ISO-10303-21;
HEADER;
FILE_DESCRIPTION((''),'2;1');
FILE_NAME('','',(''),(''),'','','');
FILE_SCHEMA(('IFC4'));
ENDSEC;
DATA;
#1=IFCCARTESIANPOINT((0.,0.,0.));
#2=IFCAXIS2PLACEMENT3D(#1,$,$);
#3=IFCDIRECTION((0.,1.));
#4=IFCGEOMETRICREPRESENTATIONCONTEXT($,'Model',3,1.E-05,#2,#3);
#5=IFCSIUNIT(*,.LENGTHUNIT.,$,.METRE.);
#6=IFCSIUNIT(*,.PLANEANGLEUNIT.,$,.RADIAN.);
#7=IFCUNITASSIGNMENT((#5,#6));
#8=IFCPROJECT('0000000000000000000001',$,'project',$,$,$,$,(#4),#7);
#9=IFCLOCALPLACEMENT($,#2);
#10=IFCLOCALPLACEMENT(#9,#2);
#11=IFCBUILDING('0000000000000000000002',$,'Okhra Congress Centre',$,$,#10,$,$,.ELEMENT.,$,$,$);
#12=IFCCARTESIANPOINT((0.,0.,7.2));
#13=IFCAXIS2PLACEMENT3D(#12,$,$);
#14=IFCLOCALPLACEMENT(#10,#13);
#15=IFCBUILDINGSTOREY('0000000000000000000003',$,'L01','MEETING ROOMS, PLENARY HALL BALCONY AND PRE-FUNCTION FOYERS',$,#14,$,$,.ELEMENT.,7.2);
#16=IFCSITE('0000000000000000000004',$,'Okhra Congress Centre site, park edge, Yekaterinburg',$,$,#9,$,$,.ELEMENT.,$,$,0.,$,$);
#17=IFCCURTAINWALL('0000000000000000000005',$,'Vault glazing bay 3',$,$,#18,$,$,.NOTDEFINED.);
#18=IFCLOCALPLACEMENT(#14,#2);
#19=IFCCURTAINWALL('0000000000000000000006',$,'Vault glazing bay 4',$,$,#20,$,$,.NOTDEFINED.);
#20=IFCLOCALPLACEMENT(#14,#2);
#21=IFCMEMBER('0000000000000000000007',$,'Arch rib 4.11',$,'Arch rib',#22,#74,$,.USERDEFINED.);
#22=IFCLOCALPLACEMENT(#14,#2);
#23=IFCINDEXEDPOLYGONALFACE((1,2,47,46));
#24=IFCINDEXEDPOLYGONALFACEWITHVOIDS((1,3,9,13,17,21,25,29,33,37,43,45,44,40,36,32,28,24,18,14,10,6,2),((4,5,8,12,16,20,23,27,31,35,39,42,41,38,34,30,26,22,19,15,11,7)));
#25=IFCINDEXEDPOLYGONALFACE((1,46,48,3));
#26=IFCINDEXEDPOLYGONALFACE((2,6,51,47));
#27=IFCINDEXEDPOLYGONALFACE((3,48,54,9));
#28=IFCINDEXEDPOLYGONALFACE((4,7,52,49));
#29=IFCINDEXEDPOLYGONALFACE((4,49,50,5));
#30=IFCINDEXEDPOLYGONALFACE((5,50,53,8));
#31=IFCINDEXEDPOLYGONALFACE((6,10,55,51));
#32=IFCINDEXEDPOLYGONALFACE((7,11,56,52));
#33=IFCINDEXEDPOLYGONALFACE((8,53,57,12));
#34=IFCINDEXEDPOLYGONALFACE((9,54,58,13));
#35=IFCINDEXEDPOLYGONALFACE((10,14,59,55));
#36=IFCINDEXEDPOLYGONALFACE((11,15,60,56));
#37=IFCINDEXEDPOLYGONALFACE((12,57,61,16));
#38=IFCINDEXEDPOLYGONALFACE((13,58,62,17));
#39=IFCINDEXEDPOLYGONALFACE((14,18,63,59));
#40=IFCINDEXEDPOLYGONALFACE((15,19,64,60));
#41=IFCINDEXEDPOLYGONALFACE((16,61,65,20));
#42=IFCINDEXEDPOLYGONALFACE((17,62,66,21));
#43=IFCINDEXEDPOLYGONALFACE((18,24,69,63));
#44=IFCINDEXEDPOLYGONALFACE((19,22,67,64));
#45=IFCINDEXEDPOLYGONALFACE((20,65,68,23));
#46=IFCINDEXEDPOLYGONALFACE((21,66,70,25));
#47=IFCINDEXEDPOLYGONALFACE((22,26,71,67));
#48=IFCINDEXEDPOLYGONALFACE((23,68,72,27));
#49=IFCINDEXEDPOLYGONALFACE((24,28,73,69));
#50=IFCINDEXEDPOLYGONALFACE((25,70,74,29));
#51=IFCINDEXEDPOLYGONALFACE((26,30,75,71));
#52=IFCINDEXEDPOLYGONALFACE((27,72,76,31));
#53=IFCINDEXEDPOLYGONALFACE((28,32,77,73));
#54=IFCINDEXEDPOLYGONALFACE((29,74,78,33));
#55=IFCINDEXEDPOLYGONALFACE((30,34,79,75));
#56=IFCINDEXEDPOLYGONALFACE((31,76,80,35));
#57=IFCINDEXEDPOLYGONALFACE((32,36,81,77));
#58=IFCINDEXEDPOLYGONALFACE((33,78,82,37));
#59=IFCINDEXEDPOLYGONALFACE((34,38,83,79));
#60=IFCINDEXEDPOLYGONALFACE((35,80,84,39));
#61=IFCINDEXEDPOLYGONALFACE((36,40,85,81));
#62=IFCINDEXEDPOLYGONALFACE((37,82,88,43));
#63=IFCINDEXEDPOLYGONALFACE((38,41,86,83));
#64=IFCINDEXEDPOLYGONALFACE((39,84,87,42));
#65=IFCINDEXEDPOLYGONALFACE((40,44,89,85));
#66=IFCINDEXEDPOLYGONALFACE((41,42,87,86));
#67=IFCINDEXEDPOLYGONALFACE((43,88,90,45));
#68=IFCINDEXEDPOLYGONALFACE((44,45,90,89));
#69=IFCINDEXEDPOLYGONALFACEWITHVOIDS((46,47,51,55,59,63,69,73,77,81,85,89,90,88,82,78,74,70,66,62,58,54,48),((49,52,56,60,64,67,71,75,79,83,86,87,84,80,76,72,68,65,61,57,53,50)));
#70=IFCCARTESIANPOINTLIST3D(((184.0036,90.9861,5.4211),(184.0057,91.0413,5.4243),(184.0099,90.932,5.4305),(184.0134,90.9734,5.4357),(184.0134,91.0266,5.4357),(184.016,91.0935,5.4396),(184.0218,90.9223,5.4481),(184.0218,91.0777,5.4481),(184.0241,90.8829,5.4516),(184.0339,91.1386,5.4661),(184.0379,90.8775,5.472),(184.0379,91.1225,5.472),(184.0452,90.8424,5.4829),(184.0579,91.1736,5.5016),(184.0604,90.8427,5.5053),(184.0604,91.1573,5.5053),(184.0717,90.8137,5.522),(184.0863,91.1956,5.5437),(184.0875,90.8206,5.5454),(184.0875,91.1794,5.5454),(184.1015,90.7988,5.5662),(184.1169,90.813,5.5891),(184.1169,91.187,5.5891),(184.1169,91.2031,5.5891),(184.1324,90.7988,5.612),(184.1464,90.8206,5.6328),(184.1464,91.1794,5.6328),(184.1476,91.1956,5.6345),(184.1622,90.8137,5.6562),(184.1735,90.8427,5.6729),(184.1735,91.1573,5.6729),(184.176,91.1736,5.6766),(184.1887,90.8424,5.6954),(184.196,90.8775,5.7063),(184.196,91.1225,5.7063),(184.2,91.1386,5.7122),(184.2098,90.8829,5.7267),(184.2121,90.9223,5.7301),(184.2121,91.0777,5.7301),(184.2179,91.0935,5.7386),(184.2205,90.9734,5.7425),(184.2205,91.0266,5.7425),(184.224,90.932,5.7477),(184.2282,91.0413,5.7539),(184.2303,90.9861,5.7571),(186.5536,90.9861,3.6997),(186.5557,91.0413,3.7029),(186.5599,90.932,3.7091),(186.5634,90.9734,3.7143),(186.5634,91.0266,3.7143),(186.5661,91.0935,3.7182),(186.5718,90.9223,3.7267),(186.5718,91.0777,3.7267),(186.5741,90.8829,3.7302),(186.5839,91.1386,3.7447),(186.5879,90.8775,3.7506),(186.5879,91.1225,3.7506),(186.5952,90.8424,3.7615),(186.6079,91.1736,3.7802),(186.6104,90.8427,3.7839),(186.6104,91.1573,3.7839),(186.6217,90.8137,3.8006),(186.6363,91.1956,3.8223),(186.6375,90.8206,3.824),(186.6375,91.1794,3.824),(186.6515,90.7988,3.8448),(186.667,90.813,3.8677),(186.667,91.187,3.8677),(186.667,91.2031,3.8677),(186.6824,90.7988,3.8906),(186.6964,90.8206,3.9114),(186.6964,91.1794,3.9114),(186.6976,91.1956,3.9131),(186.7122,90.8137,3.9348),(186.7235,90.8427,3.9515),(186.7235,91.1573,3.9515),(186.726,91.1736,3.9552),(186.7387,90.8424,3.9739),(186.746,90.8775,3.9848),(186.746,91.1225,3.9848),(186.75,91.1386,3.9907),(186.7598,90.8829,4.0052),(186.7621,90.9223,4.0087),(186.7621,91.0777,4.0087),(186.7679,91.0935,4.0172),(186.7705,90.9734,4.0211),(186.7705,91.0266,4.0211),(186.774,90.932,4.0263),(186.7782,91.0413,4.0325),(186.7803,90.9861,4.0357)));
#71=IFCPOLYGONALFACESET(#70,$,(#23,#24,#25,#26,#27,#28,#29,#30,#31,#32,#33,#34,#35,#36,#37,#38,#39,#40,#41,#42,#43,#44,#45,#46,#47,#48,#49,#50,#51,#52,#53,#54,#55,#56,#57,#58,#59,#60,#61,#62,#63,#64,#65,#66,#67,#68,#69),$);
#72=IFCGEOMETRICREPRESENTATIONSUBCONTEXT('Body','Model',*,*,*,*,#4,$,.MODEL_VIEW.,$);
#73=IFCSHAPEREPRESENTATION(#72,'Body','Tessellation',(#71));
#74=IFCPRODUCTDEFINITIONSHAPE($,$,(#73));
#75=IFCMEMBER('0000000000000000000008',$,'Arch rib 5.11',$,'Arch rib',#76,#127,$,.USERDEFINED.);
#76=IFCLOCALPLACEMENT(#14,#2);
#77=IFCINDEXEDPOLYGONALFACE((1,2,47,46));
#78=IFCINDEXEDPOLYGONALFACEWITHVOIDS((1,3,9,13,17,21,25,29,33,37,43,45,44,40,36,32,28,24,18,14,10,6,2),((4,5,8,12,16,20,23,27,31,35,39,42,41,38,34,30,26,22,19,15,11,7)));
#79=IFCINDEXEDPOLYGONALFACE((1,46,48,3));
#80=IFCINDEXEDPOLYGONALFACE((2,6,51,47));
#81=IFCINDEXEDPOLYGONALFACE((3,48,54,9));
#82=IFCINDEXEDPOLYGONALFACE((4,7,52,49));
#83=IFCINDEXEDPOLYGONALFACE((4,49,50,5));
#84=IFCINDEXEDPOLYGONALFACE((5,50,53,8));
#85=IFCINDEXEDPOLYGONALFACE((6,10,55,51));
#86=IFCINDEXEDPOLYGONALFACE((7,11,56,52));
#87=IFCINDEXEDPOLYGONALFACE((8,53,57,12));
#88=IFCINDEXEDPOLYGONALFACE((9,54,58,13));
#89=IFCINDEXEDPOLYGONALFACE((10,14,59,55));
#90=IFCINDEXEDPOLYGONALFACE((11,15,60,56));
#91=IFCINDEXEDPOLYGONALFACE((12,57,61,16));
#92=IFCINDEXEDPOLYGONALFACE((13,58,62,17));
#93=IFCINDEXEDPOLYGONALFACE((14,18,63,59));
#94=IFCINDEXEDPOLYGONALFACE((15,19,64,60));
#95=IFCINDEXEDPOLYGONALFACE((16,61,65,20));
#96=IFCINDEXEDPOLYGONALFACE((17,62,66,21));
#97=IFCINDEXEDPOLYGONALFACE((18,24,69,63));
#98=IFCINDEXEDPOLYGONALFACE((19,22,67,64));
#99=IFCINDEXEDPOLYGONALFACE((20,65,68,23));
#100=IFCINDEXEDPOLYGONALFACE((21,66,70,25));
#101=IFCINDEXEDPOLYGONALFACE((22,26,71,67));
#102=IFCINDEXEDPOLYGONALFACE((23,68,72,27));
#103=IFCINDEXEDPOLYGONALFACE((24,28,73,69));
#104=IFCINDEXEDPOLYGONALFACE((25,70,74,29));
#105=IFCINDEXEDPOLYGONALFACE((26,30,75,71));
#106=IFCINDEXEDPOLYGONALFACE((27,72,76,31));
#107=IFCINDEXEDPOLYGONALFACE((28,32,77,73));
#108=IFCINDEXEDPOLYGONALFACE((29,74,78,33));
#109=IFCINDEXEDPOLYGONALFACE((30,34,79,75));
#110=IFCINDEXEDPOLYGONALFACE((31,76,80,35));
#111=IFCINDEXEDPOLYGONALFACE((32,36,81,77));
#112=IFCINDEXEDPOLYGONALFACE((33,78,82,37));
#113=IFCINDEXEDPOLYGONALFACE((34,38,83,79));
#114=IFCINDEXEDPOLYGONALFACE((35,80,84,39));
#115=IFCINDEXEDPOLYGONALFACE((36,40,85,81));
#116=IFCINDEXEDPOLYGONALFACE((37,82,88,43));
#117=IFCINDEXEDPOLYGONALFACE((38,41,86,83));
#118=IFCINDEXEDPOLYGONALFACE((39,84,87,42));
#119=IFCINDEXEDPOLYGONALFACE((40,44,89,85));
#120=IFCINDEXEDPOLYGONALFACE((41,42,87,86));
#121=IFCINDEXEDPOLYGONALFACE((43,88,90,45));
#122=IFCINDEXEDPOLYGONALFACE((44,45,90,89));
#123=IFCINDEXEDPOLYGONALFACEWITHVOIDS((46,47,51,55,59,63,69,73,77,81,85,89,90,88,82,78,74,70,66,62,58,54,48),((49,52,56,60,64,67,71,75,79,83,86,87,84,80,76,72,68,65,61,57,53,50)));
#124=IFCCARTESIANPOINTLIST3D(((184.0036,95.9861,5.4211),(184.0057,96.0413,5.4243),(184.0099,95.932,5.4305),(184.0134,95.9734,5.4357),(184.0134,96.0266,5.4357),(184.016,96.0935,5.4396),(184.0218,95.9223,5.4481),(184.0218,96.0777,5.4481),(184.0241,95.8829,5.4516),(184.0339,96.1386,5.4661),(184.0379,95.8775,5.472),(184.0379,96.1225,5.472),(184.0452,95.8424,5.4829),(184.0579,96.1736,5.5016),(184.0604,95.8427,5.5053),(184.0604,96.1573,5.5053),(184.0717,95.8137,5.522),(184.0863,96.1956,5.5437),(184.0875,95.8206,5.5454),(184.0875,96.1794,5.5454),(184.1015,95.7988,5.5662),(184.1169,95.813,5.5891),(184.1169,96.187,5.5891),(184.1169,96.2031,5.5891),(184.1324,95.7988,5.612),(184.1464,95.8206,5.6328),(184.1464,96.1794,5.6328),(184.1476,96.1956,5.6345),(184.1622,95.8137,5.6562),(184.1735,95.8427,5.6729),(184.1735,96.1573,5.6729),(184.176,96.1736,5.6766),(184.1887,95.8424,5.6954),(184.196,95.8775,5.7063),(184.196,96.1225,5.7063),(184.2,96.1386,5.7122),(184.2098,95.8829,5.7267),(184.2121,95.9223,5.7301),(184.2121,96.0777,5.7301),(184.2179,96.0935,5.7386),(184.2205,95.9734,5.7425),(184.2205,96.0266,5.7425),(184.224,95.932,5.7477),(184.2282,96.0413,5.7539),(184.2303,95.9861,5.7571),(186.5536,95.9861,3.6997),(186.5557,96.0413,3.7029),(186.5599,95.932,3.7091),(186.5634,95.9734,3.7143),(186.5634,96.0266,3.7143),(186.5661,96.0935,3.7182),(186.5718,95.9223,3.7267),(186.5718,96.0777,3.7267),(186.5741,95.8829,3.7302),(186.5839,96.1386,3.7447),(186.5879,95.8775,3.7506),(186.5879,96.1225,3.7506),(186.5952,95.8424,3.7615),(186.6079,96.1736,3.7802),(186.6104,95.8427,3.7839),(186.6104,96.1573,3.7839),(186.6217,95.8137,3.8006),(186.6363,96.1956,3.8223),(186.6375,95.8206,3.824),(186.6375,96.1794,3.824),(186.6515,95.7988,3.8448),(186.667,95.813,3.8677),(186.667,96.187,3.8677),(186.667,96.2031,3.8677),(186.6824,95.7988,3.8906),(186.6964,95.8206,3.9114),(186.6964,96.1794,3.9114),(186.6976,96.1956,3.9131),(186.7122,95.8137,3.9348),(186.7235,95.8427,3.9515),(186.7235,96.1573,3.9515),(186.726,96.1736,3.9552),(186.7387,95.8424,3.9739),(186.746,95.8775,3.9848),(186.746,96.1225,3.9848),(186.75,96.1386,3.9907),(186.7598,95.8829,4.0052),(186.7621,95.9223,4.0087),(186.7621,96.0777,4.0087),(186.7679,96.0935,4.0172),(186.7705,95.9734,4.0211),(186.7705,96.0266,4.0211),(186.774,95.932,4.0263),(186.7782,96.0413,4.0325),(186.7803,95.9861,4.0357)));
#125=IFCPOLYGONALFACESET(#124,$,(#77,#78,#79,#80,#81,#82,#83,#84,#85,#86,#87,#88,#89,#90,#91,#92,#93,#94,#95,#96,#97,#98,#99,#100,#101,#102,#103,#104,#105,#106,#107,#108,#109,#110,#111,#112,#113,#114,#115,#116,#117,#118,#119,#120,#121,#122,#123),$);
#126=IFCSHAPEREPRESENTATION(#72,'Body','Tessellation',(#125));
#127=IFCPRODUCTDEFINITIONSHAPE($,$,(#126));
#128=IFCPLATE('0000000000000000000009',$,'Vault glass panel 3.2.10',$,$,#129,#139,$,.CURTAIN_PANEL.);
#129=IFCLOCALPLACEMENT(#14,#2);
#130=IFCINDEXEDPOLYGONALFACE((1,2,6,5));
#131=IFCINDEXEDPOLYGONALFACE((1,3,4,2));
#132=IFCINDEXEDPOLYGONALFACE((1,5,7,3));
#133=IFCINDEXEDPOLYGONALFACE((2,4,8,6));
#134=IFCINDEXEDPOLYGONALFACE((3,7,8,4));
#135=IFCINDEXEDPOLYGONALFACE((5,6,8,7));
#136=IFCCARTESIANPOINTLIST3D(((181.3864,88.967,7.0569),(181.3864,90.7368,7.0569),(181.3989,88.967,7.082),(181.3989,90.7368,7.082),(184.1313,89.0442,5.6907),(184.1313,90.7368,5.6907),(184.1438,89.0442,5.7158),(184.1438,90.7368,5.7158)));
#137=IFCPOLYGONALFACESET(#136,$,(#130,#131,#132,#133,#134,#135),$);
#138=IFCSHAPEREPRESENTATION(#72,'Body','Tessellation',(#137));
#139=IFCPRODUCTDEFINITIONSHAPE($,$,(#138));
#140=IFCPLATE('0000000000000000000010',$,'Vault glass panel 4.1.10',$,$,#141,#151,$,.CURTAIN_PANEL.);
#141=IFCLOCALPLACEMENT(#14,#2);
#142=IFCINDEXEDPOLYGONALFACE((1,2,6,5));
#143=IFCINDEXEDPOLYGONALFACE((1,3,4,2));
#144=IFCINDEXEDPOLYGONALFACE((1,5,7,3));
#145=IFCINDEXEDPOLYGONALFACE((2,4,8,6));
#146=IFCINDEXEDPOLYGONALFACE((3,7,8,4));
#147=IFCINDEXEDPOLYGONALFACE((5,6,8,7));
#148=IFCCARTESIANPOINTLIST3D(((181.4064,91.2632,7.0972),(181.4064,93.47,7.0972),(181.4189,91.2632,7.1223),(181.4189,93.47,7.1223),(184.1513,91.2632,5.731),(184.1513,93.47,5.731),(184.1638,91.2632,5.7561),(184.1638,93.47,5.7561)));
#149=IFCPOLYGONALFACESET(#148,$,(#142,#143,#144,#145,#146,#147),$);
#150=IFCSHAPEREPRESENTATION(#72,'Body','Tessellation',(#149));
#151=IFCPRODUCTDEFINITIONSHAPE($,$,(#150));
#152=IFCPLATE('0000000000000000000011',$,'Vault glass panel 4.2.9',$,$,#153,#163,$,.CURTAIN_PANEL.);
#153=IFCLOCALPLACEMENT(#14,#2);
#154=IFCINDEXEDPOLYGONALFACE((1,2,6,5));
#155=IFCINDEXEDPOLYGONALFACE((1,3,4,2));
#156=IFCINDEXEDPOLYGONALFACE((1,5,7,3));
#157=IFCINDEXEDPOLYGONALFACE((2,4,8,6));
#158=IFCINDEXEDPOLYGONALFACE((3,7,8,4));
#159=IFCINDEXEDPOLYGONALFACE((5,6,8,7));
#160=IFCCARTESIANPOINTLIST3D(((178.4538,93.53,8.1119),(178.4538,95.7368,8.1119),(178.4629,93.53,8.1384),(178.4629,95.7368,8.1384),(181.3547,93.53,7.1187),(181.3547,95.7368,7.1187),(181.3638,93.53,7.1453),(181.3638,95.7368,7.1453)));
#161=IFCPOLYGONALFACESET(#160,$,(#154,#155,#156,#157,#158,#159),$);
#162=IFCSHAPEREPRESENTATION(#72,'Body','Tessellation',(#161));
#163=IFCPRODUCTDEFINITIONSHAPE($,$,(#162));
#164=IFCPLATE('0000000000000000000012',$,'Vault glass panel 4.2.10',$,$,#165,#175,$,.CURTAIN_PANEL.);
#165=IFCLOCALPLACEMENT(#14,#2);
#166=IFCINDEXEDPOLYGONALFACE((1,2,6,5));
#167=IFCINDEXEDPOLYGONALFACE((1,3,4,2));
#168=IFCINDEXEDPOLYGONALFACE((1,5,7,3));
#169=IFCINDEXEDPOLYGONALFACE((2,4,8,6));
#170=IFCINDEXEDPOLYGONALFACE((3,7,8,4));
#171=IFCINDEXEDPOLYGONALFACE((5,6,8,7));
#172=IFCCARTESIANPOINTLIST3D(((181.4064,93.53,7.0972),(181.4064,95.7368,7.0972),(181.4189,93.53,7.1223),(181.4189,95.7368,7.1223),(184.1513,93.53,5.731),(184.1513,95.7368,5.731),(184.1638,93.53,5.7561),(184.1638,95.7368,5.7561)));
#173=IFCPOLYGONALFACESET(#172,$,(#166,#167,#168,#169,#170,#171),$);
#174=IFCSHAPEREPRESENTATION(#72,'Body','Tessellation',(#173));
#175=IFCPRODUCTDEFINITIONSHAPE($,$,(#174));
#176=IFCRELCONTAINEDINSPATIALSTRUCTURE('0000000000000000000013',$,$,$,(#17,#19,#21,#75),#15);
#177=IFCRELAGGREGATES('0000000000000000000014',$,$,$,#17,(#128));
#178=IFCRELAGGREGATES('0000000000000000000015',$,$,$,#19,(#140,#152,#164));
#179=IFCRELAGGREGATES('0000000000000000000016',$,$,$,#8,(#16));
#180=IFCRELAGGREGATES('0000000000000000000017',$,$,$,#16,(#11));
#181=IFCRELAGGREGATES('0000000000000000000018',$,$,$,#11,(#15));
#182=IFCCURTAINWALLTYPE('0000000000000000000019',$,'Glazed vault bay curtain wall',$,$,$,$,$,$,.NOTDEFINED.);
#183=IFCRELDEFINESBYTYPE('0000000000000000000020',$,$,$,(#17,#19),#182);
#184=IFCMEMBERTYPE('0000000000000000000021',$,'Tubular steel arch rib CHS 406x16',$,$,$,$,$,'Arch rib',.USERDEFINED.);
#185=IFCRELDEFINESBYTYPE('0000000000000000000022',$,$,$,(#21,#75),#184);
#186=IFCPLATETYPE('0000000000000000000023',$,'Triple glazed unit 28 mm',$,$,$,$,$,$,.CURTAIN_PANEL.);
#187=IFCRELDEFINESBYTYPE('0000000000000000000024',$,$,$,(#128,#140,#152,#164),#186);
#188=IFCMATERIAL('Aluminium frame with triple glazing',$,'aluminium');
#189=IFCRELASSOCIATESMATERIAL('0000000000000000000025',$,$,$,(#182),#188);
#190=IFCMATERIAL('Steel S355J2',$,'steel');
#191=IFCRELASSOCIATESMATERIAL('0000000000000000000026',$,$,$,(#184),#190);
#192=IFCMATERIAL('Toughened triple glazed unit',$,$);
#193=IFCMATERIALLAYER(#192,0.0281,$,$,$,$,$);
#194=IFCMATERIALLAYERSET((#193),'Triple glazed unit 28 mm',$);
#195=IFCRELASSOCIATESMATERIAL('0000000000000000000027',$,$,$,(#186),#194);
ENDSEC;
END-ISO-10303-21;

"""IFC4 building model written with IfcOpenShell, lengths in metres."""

from ifc_helpers import new_model, si_unit, direction, frame, origin, origin_2d, place, context, subcontext, project, spatial, polyline, hollow_circle, outline, extrude, material, layer, layer_set, material_profile, profile_set, type_object, element, aggregate, save


model = new_model("IFC4")

# Units and contexts
model_context = context("Model", 3, precision=1e-05, world=origin(), true_north=direction((0.0, 1.0)))
body_context = subcontext(model_context, "Body", "Model", "MODEL_VIEW")
ifc_project = project(units=[si_unit("LENGTHUNIT", "METRE"), si_unit("PLANEANGLEUNIT", "RADIAN")], contexts=[model_context])

# Site, building, storey
site_placement = place(None, origin())
site = spatial("IfcSite", under=ifc_project, at=site_placement, Name="Okhra Congress Centre site, park edge, Yekaterinburg", CompositionType="ELEMENT", RefElevation=0.0)
building_placement = place(site_placement, origin())
building = spatial("IfcBuilding", under=site, at=building_placement, Name="Okhra Congress Centre", CompositionType="ELEMENT")
storey_placement = place(building_placement, frame((0.0, 0.0, 7.2)))
storey = spatial("IfcBuildingStorey", under=building, at=storey_placement, Name="L01", Description="MEETING ROOMS, PLENARY HALL BALCONY AND PRE-FUNCTION FOYERS", CompositionType="ELEMENT", Elevation=7.2)

# Curtain walls
ifc_material_1 = material(Name="Aluminium frame with triple glazing", Category="aluminium")
curtain_wall_type = type_object("IfcCurtainWallType", Name="Glazed vault bay curtain wall", PredefinedType="NOTDEFINED", material=ifc_material_1)
curtain_wall_1_placement = place(storey_placement, origin())
curtain_wall_1 = element("IfcCurtainWall", 1, at=curtain_wall_1_placement, inside=storey, type_object=curtain_wall_type, Name="Vault glazing bay 3", PredefinedType="NOTDEFINED")
curtain_wall_2_placement = place(storey_placement, origin())
curtain_wall_2 = element("IfcCurtainWall", 2, at=curtain_wall_2_placement, inside=storey, type_object=curtain_wall_type, Name="Vault glazing bay 4", PredefinedType="NOTDEFINED")

# Members
ifc_material_2 = material(Name="Steel S355J2", Category="steel")
ifc_material_profile_1 = material_profile(ifc_material_2, hollow_circle(Radius=0.2031, WallThickness=0.0161, at=origin_2d()), Name="CHS 406.4x16")
ifc_profile_set_1 = profile_set([ifc_material_profile_1], Name="Steel S355J2")
member_type_1 = type_object("IfcMemberType", Name="Tubular steel arch rib CHS 406x16", ElementType="Arch rib", PredefinedType="USERDEFINED", material=ifc_profile_set_1)
for number, where, z_axis, x_axis, name in (
    (3, (184.1169, 91.0, 5.5891), (0.828826, 0.0, -0.559507), (0.0, 1.0, 0.0), "Arch rib 4.11"),
    (4, (184.1169, 96.0, 5.5891), (0.828826, 0.0, -0.559507), (0.0, 1.0, 0.0), "Arch rib 5.11"),
):
    element("IfcMember", number, at=place(storey_placement, frame(where, z_axis=z_axis, x_axis=x_axis)), inside=storey, type_object=member_type_1, Name=name, ObjectType="Arch rib", PredefinedType="USERDEFINED", context=body_context, shape_type="SweptSolid", body=[
        extrude(hollow_circle(Radius=0.2031, WallThickness=0.0161, at=origin_2d()), origin(), (0.0, 0.0, 1.0), 3.0767),
    ])

# Plates
ifc_material_3 = material(Name="Toughened triple glazed unit")
ifc_layer = layer(ifc_material_3, 0.0281)
ifc_layer_set = layer_set([ifc_layer], Name="Triple glazed unit 28 mm")
plate_type = type_object("IfcPlateType", Name="Triple glazed unit 28 mm", PredefinedType="CURTAIN_PANEL", material=ifc_layer_set)
plate_1_placement = place(storey_placement, frame((181.3989, 88.967, 7.082), z_axis=(0.445588, 0.0, 0.895238), x_axis=(0.894955, 0.025154, -0.445447)))
plate_1 = element("IfcPlate", 5, at=plate_1_placement, type_object=plate_type, Name="Vault glass panel 3.2.10", PredefinedType="CURTAIN_PANEL", context=body_context, shape_type="SweptSolid", body=[
    extrude(outline(polyline([(0.0, 0.0), (3.0671, 0.0), (3.1096, 1.6921), (0.0445, 1.7692), (0.0, 0.0)])), origin(), (0.0, 0.0, -1.0), 0.0281),
])
aggregate(curtain_wall_1, [plate_1])
plate_2_placement = place(storey_placement, frame((181.4189, 91.2632, 7.1223), z_axis=(0.445588, 0.0, 0.895238), x_axis=(0.895238, 0.0, -0.445588)))
plate_2 = element("IfcPlate", 6, at=plate_2_placement, type_object=plate_type, Name="Vault glass panel 4.1.10", PredefinedType="CURTAIN_PANEL", context=body_context, shape_type="SweptSolid", body=[
    extrude(outline(polyline([(0.0, 0.0), (3.0661, 0.0), (3.0661, 2.2068), (0.0, 2.2068), (0.0, 0.0)])), origin(), (0.0, 0.0, -1.0), 0.0281),
])
plate_3_placement = place(storey_placement, frame((178.4629, 93.53, 8.1384), z_axis=(0.323909, 0.0, 0.946088), x_axis=(0.946088, 0.0, -0.323909)))
plate_3 = element("IfcPlate", 7, at=plate_3_placement, type_object=plate_type, Name="Vault glass panel 4.2.9", PredefinedType="CURTAIN_PANEL", context=body_context, shape_type="SweptSolid", body=[
    extrude(outline(polyline([(0.0, 0.0), (3.0662, 0.0), (3.0662, 2.2068), (0.0, 2.2068), (0.0, 0.0)])), origin(), (0.0, 0.0, -1.0), 0.0281),
])
plate_4_placement = place(storey_placement, frame((181.4189, 93.53, 7.1223), z_axis=(0.445588, 0.0, 0.895238), x_axis=(0.895238, 0.0, -0.445588)))
plate_4 = element("IfcPlate", 8, at=plate_4_placement, type_object=plate_type, Name="Vault glass panel 4.2.10", PredefinedType="CURTAIN_PANEL", context=body_context, shape_type="SweptSolid", body=[
    extrude(outline(polyline([(0.0, 0.0), (3.0661, 0.0), (3.0661, 2.2068), (0.0, 2.2068), (0.0, 0.0)])), origin(), (0.0, 0.0, -1.0), 0.0281),
])
aggregate(curtain_wall_2, [plate_2, plate_3, plate_4])

save(model, "model.ifc")
